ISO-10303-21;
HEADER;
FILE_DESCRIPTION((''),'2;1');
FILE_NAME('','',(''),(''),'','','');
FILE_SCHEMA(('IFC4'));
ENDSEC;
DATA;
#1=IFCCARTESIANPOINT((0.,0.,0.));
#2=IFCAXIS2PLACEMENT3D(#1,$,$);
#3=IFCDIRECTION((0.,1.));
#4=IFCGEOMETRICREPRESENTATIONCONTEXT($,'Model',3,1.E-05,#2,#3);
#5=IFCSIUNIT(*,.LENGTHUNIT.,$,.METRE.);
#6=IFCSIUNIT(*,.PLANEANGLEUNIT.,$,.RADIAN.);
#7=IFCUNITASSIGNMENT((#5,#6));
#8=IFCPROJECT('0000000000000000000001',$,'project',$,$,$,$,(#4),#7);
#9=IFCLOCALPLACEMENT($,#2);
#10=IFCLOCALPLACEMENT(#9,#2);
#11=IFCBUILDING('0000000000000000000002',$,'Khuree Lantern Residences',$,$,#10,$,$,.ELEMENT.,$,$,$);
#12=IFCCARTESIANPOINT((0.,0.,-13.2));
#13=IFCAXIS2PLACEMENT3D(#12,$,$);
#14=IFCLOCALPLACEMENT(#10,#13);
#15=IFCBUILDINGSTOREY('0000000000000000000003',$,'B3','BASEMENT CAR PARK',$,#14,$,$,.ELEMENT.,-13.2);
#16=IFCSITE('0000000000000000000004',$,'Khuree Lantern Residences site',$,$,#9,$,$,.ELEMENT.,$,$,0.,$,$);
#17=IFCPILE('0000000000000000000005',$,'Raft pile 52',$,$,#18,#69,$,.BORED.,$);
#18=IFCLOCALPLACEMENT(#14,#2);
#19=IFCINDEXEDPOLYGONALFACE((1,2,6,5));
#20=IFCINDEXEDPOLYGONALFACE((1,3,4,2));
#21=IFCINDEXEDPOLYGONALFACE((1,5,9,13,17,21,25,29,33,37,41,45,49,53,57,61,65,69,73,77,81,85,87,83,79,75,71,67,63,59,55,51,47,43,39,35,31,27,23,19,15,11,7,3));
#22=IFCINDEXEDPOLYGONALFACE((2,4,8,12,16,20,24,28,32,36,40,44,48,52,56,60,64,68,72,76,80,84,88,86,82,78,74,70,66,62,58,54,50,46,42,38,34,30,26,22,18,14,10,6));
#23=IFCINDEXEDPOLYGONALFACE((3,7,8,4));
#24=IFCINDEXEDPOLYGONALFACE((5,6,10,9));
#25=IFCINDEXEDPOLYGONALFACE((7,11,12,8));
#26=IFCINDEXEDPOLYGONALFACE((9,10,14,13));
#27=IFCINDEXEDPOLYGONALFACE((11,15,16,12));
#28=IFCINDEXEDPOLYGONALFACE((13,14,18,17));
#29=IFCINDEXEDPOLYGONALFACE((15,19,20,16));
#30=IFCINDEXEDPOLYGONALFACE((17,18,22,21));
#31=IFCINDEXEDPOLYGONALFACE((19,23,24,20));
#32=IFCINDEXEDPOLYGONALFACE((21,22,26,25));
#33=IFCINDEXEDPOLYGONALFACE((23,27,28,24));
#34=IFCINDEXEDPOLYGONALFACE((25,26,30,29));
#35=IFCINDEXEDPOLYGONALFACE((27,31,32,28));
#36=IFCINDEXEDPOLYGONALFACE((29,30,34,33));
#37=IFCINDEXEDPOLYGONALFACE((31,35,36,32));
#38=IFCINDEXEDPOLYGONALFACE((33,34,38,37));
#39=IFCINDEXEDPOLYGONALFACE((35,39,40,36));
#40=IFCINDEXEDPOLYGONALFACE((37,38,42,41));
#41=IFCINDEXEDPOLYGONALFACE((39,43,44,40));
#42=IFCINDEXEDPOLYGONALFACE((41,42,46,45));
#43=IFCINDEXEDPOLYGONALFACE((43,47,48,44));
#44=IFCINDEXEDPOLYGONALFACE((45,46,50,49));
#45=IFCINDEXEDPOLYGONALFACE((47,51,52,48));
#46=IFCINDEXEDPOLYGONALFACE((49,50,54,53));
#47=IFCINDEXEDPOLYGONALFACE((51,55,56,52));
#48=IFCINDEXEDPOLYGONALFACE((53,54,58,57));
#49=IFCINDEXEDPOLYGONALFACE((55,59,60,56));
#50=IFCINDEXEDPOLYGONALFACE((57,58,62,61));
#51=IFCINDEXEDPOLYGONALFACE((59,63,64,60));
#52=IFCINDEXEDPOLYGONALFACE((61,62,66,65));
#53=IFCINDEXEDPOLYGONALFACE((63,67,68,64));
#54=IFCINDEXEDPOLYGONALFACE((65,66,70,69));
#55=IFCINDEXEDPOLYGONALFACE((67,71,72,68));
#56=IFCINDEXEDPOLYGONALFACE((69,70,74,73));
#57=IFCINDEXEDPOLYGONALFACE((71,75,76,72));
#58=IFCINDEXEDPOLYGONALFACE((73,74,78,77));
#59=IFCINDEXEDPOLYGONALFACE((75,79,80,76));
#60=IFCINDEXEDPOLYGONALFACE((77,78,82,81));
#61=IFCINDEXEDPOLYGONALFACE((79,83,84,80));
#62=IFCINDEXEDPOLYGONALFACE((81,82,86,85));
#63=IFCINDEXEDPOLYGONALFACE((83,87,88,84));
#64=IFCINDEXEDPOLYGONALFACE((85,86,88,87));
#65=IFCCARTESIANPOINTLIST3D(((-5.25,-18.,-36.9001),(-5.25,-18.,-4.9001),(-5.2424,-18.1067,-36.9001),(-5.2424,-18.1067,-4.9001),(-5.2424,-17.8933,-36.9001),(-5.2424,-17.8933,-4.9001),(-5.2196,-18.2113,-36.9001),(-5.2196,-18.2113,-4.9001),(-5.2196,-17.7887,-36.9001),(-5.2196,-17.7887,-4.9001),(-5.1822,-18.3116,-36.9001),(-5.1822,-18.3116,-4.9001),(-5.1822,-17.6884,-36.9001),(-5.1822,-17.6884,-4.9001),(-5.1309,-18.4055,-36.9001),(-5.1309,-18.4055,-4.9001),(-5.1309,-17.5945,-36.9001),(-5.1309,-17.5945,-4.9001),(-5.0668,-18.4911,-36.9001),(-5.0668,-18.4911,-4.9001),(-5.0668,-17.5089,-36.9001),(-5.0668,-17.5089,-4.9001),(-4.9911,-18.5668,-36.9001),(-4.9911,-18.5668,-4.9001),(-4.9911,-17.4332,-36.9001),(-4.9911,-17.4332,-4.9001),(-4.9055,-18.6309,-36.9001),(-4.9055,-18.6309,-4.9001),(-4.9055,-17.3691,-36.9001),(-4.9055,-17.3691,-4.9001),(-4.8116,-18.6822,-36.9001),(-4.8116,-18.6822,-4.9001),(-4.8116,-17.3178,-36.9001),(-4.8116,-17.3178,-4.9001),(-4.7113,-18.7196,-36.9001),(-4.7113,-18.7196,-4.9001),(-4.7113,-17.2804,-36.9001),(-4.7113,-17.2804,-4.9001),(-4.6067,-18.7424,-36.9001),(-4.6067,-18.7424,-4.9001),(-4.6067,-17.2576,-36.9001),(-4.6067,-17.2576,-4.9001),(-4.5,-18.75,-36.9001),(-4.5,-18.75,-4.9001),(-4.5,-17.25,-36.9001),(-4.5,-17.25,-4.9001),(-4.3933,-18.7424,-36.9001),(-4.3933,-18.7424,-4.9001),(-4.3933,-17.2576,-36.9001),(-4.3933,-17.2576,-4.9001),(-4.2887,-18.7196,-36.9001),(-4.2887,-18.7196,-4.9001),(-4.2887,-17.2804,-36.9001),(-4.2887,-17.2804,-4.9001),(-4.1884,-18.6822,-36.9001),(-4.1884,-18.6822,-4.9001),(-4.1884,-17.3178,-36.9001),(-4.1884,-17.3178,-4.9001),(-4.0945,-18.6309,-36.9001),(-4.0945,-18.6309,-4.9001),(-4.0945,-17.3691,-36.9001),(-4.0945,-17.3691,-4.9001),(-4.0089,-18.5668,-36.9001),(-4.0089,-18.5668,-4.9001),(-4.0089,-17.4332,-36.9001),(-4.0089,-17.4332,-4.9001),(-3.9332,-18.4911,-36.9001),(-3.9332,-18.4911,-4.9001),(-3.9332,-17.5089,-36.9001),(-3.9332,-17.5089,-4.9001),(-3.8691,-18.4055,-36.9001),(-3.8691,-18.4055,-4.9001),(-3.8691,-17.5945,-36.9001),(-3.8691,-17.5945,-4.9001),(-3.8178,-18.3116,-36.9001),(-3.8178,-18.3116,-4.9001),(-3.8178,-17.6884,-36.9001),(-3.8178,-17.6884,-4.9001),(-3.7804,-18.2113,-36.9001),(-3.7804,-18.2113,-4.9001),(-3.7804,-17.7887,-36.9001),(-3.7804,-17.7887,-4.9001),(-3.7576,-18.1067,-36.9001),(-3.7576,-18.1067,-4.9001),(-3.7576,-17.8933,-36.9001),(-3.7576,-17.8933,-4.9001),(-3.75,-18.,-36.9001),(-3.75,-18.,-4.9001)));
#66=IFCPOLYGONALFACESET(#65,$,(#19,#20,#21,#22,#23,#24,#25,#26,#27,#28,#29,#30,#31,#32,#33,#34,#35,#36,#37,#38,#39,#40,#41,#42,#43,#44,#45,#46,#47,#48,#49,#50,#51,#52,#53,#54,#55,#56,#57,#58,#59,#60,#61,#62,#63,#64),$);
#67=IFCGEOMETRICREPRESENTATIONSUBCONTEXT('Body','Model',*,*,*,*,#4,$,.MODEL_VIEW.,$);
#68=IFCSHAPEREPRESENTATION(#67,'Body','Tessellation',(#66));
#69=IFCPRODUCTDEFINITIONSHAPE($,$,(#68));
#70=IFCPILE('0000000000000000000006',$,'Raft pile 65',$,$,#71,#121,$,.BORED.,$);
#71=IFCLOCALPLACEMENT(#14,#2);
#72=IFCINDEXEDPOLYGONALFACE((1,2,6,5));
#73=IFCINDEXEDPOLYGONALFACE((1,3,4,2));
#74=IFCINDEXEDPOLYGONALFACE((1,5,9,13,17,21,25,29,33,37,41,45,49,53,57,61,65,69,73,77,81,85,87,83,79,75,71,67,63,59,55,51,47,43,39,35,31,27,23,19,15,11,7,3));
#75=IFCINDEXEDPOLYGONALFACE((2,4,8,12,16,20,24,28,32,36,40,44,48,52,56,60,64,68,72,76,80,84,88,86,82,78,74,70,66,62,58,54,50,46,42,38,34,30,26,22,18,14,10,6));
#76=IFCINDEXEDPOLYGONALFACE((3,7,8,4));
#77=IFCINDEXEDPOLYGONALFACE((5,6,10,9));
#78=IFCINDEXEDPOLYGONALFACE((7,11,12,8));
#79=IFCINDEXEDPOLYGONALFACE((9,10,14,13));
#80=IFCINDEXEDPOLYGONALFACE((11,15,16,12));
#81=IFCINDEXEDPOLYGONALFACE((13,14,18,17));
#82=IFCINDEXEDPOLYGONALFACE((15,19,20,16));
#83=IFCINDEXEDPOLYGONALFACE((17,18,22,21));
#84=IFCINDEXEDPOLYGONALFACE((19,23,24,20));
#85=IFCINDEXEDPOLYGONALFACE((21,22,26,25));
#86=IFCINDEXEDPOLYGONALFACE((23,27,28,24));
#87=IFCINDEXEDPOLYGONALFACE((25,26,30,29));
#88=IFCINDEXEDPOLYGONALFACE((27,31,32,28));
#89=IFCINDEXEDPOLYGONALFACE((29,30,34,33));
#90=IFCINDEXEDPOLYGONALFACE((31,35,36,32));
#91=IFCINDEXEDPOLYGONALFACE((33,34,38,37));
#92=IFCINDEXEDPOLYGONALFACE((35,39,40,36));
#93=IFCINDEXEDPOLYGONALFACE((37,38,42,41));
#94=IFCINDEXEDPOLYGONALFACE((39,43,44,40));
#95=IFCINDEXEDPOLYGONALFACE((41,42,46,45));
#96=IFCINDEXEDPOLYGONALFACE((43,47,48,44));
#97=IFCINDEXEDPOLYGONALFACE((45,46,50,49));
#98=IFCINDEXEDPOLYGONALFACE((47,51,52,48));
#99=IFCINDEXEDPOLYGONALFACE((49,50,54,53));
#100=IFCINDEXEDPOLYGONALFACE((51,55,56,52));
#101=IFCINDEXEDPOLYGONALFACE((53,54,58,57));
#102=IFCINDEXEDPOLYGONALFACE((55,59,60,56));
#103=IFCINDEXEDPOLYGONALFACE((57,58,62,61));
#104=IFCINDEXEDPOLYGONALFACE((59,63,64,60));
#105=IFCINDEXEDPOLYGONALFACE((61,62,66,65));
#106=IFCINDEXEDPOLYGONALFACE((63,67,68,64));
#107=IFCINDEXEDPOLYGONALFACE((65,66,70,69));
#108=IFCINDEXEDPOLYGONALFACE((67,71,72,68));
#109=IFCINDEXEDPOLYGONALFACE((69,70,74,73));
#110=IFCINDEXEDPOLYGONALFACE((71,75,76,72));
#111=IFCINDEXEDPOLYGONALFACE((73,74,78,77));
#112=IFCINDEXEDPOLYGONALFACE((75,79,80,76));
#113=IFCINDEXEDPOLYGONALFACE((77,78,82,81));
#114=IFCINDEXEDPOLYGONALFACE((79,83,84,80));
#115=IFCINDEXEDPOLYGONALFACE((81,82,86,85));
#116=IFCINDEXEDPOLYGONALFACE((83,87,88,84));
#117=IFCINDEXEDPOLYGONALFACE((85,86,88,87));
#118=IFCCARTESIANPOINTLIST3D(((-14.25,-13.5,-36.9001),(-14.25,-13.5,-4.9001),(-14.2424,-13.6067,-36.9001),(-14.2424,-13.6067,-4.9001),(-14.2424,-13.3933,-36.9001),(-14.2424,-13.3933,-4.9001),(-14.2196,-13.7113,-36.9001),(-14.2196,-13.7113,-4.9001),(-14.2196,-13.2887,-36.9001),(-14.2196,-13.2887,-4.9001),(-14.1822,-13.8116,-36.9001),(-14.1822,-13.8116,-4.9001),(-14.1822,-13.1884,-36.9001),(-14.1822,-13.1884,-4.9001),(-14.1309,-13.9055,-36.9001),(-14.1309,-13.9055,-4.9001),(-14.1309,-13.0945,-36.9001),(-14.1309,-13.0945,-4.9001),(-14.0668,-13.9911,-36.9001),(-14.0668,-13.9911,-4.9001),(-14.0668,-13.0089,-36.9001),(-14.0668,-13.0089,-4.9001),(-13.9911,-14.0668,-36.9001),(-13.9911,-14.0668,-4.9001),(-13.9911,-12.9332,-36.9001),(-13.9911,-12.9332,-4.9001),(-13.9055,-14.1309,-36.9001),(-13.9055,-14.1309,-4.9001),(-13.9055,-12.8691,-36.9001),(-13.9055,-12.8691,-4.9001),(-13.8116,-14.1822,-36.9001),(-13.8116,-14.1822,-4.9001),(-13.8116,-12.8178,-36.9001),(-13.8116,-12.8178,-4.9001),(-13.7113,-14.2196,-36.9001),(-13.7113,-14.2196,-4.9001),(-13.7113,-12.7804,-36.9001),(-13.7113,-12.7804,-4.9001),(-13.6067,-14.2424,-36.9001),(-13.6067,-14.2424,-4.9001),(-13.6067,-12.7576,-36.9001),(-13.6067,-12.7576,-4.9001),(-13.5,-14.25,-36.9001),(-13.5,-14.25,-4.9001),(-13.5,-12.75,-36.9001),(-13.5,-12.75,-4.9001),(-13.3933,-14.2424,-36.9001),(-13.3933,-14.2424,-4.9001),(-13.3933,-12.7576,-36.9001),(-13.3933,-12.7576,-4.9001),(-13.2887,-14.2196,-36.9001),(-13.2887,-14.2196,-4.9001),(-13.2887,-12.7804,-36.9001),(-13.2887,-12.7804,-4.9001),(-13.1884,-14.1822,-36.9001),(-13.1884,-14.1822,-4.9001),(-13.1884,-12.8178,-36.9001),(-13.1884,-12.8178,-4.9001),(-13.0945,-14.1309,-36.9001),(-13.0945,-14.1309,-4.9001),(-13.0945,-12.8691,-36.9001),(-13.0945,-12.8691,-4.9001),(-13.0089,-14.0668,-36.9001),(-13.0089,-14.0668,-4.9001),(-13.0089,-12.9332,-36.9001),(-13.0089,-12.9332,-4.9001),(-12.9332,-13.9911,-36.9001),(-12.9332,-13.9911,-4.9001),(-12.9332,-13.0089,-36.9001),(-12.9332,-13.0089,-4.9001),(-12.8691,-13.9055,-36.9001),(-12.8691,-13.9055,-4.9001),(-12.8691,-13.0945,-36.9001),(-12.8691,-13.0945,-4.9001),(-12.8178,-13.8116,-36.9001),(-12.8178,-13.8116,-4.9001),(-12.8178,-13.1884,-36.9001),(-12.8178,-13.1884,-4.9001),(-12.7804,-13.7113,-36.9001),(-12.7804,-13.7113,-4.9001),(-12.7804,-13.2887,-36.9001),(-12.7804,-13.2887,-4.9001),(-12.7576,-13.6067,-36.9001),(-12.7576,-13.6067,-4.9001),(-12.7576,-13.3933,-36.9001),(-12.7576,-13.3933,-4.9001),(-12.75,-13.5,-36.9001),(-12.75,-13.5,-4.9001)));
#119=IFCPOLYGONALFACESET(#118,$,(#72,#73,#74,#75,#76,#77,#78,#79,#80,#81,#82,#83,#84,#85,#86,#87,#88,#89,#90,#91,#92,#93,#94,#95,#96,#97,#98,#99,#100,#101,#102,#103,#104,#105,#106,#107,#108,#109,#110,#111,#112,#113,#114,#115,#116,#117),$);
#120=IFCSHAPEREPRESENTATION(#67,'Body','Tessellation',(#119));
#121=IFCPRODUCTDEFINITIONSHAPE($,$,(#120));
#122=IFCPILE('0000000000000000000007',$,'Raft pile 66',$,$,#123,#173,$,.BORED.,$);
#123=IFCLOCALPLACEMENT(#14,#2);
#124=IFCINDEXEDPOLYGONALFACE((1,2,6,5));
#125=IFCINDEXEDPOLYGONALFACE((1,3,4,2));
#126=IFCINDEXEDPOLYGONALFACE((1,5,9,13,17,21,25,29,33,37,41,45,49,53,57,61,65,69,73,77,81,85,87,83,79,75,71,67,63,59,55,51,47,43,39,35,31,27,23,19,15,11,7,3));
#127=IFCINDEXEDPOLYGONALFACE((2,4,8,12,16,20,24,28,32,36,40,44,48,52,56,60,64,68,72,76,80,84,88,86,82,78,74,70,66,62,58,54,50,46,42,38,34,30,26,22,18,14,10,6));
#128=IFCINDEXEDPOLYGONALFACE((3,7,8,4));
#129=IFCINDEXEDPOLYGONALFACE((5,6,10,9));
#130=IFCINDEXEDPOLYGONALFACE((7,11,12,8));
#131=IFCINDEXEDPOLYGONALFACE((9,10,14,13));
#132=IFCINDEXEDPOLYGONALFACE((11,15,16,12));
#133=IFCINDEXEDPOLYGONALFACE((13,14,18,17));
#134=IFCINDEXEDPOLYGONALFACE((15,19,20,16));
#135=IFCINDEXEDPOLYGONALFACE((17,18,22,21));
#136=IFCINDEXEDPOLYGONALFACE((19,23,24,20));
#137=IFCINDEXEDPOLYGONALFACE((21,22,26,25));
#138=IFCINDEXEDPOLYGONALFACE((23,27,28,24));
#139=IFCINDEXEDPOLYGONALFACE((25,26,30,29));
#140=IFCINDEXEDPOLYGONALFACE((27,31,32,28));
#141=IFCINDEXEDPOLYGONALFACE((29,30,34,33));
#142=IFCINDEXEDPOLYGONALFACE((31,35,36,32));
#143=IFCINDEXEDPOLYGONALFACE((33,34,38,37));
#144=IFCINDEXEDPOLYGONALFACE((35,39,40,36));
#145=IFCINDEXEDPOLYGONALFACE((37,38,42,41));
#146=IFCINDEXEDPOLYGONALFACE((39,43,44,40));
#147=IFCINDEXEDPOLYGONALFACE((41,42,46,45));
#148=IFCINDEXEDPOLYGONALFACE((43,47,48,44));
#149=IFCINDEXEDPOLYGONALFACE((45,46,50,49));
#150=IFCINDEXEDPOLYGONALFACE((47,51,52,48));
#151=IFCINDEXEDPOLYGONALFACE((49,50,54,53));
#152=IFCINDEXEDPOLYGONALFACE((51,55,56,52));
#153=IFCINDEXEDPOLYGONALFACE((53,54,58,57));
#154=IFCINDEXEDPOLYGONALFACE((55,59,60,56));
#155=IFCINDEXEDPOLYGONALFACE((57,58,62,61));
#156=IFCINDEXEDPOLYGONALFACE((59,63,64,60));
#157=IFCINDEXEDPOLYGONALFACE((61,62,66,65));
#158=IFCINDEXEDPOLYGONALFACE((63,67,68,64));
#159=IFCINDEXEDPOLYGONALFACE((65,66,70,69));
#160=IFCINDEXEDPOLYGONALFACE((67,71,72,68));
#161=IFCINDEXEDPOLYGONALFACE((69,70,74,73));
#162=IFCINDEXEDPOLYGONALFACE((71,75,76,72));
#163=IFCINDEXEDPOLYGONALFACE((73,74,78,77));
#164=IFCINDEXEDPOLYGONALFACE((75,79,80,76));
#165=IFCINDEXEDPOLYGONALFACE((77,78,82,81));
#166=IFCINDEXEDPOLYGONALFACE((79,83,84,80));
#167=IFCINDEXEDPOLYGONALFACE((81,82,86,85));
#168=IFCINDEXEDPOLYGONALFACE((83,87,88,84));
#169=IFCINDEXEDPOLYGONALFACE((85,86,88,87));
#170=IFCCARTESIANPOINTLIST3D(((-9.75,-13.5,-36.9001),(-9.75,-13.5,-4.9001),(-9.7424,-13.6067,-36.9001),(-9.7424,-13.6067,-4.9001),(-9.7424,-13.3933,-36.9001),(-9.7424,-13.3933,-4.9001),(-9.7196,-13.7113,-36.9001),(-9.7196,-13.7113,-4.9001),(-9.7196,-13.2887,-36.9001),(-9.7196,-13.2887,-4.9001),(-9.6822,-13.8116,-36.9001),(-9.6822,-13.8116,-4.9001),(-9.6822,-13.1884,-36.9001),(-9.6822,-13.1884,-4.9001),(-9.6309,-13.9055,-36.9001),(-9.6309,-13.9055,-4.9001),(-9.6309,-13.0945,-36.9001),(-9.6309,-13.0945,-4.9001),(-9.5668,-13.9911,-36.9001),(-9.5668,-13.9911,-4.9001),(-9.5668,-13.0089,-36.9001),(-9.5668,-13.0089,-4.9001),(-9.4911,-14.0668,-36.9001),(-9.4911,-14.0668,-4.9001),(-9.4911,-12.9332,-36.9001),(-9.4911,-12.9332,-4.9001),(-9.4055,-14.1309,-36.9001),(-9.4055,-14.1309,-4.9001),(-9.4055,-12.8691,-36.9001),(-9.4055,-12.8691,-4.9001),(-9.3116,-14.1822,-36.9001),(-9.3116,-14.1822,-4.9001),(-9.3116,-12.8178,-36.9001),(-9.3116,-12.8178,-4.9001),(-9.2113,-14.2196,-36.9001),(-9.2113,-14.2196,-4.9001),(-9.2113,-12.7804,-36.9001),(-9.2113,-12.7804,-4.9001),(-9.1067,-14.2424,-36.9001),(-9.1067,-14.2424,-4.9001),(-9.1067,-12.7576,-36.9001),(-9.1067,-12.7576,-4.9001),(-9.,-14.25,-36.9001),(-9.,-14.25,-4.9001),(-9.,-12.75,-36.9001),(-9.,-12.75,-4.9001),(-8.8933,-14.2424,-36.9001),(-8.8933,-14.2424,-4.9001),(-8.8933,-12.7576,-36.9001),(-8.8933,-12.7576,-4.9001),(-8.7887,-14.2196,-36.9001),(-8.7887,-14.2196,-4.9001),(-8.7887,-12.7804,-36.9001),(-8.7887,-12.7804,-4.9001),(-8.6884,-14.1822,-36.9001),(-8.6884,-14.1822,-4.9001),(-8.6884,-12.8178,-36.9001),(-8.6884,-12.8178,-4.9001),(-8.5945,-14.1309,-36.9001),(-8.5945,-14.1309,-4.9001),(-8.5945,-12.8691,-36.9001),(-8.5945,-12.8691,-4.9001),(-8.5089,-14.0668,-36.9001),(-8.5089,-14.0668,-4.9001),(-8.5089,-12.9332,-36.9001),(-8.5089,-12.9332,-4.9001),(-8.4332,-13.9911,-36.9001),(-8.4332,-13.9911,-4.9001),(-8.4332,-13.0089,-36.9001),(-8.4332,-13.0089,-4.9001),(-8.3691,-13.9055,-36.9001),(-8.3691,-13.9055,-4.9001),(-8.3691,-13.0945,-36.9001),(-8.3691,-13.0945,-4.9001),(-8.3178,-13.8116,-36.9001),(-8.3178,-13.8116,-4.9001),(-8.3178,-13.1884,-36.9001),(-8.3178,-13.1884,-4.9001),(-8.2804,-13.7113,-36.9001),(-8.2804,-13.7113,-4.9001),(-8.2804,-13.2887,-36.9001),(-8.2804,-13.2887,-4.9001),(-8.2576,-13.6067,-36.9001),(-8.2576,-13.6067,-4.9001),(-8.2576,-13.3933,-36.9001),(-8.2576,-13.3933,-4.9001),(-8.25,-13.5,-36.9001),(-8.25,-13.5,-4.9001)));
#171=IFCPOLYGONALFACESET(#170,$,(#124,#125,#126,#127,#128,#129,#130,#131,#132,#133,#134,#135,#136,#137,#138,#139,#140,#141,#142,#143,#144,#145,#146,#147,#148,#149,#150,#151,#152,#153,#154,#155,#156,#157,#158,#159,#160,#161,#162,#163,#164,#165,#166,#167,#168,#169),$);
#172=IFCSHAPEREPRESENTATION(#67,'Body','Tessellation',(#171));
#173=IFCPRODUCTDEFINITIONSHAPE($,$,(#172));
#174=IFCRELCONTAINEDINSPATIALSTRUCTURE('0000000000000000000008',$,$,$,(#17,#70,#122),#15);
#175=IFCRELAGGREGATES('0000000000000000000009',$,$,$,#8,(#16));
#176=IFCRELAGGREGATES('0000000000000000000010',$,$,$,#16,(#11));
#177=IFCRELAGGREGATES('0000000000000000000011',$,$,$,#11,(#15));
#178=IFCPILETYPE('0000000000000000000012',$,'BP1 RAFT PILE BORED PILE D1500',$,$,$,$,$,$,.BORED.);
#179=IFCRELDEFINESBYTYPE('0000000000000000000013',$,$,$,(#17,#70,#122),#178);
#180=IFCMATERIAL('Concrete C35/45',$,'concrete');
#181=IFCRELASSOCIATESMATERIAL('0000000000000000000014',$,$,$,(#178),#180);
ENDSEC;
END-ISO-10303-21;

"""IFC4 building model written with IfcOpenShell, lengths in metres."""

from ifc_helpers import new_model, si_unit, direction, frame, origin, origin_2d, place, context, subcontext, project, spatial, circle, extrude, material, material_profile, profile_set, type_object, element, save


model = new_model("IFC4")

# Units and contexts
model_context = context("Model", 3, precision=1e-05, world=origin(), true_north=direction((0.0, 1.0)))
body_context = subcontext(model_context, "Body", "Model", "MODEL_VIEW")
ifc_project = project(units=[si_unit("LENGTHUNIT", "METRE"), si_unit("PLANEANGLEUNIT", "RADIAN")], contexts=[model_context])

# Site, building, storey
site_placement = place(None, origin())
site = spatial("IfcSite", under=ifc_project, at=site_placement, Name="Khuree Lantern Residences site", CompositionType="ELEMENT", RefElevation=0.0)
building_placement = place(site_placement, origin())
building = spatial("IfcBuilding", under=site, at=building_placement, Name="Khuree Lantern Residences", CompositionType="ELEMENT")
storey_placement = place(building_placement, frame((0.0, 0.0, -13.2)))
storey = spatial("IfcBuildingStorey", under=building, at=storey_placement, Name="B3", Description="BASEMENT CAR PARK", CompositionType="ELEMENT", Elevation=-13.2)

# Piles
ifc_material_1 = material(Name="Concrete C35/45", Category="concrete")
ifc_material_profile = material_profile(ifc_material_1, circle(Radius=0.75, at=origin_2d()), Name="BORED PILE D1500")
ifc_profile_set = profile_set([ifc_material_profile], Name="Concrete C35/45")
pile_type = type_object("IfcPileType", Name="BP1 RAFT PILE BORED PILE D1500", PredefinedType="BORED", material=ifc_profile_set)
for number, where, z_axis, x_axis, name in (
    (1, (-4.5, -18.0, -4.9001), (0.0, 0.0, -1.0), (1.0, 0.0, 0.0), "Raft pile 52"),
    (2, (-13.5, -13.5, -4.9001), (0.0, 0.0, -1.0), (1.0, 0.0, 0.0), "Raft pile 65"),
    (3, (-9.0, -13.5, -4.9001), (0.0, 0.0, -1.0), (1.0, 0.0, 0.0), "Raft pile 66"),
):
    element("IfcPile", number, at=place(storey_placement, frame(where, z_axis=z_axis, x_axis=x_axis)), inside=storey, type_object=pile_type, Name=name, PredefinedType="BORED", context=body_context, shape_type="SweptSolid", body=[
        extrude(circle(Radius=0.75, at=origin_2d()), origin(), (0.0, 0.0, 1.0), 32.0),
    ])

save(model, "model.ifc")
